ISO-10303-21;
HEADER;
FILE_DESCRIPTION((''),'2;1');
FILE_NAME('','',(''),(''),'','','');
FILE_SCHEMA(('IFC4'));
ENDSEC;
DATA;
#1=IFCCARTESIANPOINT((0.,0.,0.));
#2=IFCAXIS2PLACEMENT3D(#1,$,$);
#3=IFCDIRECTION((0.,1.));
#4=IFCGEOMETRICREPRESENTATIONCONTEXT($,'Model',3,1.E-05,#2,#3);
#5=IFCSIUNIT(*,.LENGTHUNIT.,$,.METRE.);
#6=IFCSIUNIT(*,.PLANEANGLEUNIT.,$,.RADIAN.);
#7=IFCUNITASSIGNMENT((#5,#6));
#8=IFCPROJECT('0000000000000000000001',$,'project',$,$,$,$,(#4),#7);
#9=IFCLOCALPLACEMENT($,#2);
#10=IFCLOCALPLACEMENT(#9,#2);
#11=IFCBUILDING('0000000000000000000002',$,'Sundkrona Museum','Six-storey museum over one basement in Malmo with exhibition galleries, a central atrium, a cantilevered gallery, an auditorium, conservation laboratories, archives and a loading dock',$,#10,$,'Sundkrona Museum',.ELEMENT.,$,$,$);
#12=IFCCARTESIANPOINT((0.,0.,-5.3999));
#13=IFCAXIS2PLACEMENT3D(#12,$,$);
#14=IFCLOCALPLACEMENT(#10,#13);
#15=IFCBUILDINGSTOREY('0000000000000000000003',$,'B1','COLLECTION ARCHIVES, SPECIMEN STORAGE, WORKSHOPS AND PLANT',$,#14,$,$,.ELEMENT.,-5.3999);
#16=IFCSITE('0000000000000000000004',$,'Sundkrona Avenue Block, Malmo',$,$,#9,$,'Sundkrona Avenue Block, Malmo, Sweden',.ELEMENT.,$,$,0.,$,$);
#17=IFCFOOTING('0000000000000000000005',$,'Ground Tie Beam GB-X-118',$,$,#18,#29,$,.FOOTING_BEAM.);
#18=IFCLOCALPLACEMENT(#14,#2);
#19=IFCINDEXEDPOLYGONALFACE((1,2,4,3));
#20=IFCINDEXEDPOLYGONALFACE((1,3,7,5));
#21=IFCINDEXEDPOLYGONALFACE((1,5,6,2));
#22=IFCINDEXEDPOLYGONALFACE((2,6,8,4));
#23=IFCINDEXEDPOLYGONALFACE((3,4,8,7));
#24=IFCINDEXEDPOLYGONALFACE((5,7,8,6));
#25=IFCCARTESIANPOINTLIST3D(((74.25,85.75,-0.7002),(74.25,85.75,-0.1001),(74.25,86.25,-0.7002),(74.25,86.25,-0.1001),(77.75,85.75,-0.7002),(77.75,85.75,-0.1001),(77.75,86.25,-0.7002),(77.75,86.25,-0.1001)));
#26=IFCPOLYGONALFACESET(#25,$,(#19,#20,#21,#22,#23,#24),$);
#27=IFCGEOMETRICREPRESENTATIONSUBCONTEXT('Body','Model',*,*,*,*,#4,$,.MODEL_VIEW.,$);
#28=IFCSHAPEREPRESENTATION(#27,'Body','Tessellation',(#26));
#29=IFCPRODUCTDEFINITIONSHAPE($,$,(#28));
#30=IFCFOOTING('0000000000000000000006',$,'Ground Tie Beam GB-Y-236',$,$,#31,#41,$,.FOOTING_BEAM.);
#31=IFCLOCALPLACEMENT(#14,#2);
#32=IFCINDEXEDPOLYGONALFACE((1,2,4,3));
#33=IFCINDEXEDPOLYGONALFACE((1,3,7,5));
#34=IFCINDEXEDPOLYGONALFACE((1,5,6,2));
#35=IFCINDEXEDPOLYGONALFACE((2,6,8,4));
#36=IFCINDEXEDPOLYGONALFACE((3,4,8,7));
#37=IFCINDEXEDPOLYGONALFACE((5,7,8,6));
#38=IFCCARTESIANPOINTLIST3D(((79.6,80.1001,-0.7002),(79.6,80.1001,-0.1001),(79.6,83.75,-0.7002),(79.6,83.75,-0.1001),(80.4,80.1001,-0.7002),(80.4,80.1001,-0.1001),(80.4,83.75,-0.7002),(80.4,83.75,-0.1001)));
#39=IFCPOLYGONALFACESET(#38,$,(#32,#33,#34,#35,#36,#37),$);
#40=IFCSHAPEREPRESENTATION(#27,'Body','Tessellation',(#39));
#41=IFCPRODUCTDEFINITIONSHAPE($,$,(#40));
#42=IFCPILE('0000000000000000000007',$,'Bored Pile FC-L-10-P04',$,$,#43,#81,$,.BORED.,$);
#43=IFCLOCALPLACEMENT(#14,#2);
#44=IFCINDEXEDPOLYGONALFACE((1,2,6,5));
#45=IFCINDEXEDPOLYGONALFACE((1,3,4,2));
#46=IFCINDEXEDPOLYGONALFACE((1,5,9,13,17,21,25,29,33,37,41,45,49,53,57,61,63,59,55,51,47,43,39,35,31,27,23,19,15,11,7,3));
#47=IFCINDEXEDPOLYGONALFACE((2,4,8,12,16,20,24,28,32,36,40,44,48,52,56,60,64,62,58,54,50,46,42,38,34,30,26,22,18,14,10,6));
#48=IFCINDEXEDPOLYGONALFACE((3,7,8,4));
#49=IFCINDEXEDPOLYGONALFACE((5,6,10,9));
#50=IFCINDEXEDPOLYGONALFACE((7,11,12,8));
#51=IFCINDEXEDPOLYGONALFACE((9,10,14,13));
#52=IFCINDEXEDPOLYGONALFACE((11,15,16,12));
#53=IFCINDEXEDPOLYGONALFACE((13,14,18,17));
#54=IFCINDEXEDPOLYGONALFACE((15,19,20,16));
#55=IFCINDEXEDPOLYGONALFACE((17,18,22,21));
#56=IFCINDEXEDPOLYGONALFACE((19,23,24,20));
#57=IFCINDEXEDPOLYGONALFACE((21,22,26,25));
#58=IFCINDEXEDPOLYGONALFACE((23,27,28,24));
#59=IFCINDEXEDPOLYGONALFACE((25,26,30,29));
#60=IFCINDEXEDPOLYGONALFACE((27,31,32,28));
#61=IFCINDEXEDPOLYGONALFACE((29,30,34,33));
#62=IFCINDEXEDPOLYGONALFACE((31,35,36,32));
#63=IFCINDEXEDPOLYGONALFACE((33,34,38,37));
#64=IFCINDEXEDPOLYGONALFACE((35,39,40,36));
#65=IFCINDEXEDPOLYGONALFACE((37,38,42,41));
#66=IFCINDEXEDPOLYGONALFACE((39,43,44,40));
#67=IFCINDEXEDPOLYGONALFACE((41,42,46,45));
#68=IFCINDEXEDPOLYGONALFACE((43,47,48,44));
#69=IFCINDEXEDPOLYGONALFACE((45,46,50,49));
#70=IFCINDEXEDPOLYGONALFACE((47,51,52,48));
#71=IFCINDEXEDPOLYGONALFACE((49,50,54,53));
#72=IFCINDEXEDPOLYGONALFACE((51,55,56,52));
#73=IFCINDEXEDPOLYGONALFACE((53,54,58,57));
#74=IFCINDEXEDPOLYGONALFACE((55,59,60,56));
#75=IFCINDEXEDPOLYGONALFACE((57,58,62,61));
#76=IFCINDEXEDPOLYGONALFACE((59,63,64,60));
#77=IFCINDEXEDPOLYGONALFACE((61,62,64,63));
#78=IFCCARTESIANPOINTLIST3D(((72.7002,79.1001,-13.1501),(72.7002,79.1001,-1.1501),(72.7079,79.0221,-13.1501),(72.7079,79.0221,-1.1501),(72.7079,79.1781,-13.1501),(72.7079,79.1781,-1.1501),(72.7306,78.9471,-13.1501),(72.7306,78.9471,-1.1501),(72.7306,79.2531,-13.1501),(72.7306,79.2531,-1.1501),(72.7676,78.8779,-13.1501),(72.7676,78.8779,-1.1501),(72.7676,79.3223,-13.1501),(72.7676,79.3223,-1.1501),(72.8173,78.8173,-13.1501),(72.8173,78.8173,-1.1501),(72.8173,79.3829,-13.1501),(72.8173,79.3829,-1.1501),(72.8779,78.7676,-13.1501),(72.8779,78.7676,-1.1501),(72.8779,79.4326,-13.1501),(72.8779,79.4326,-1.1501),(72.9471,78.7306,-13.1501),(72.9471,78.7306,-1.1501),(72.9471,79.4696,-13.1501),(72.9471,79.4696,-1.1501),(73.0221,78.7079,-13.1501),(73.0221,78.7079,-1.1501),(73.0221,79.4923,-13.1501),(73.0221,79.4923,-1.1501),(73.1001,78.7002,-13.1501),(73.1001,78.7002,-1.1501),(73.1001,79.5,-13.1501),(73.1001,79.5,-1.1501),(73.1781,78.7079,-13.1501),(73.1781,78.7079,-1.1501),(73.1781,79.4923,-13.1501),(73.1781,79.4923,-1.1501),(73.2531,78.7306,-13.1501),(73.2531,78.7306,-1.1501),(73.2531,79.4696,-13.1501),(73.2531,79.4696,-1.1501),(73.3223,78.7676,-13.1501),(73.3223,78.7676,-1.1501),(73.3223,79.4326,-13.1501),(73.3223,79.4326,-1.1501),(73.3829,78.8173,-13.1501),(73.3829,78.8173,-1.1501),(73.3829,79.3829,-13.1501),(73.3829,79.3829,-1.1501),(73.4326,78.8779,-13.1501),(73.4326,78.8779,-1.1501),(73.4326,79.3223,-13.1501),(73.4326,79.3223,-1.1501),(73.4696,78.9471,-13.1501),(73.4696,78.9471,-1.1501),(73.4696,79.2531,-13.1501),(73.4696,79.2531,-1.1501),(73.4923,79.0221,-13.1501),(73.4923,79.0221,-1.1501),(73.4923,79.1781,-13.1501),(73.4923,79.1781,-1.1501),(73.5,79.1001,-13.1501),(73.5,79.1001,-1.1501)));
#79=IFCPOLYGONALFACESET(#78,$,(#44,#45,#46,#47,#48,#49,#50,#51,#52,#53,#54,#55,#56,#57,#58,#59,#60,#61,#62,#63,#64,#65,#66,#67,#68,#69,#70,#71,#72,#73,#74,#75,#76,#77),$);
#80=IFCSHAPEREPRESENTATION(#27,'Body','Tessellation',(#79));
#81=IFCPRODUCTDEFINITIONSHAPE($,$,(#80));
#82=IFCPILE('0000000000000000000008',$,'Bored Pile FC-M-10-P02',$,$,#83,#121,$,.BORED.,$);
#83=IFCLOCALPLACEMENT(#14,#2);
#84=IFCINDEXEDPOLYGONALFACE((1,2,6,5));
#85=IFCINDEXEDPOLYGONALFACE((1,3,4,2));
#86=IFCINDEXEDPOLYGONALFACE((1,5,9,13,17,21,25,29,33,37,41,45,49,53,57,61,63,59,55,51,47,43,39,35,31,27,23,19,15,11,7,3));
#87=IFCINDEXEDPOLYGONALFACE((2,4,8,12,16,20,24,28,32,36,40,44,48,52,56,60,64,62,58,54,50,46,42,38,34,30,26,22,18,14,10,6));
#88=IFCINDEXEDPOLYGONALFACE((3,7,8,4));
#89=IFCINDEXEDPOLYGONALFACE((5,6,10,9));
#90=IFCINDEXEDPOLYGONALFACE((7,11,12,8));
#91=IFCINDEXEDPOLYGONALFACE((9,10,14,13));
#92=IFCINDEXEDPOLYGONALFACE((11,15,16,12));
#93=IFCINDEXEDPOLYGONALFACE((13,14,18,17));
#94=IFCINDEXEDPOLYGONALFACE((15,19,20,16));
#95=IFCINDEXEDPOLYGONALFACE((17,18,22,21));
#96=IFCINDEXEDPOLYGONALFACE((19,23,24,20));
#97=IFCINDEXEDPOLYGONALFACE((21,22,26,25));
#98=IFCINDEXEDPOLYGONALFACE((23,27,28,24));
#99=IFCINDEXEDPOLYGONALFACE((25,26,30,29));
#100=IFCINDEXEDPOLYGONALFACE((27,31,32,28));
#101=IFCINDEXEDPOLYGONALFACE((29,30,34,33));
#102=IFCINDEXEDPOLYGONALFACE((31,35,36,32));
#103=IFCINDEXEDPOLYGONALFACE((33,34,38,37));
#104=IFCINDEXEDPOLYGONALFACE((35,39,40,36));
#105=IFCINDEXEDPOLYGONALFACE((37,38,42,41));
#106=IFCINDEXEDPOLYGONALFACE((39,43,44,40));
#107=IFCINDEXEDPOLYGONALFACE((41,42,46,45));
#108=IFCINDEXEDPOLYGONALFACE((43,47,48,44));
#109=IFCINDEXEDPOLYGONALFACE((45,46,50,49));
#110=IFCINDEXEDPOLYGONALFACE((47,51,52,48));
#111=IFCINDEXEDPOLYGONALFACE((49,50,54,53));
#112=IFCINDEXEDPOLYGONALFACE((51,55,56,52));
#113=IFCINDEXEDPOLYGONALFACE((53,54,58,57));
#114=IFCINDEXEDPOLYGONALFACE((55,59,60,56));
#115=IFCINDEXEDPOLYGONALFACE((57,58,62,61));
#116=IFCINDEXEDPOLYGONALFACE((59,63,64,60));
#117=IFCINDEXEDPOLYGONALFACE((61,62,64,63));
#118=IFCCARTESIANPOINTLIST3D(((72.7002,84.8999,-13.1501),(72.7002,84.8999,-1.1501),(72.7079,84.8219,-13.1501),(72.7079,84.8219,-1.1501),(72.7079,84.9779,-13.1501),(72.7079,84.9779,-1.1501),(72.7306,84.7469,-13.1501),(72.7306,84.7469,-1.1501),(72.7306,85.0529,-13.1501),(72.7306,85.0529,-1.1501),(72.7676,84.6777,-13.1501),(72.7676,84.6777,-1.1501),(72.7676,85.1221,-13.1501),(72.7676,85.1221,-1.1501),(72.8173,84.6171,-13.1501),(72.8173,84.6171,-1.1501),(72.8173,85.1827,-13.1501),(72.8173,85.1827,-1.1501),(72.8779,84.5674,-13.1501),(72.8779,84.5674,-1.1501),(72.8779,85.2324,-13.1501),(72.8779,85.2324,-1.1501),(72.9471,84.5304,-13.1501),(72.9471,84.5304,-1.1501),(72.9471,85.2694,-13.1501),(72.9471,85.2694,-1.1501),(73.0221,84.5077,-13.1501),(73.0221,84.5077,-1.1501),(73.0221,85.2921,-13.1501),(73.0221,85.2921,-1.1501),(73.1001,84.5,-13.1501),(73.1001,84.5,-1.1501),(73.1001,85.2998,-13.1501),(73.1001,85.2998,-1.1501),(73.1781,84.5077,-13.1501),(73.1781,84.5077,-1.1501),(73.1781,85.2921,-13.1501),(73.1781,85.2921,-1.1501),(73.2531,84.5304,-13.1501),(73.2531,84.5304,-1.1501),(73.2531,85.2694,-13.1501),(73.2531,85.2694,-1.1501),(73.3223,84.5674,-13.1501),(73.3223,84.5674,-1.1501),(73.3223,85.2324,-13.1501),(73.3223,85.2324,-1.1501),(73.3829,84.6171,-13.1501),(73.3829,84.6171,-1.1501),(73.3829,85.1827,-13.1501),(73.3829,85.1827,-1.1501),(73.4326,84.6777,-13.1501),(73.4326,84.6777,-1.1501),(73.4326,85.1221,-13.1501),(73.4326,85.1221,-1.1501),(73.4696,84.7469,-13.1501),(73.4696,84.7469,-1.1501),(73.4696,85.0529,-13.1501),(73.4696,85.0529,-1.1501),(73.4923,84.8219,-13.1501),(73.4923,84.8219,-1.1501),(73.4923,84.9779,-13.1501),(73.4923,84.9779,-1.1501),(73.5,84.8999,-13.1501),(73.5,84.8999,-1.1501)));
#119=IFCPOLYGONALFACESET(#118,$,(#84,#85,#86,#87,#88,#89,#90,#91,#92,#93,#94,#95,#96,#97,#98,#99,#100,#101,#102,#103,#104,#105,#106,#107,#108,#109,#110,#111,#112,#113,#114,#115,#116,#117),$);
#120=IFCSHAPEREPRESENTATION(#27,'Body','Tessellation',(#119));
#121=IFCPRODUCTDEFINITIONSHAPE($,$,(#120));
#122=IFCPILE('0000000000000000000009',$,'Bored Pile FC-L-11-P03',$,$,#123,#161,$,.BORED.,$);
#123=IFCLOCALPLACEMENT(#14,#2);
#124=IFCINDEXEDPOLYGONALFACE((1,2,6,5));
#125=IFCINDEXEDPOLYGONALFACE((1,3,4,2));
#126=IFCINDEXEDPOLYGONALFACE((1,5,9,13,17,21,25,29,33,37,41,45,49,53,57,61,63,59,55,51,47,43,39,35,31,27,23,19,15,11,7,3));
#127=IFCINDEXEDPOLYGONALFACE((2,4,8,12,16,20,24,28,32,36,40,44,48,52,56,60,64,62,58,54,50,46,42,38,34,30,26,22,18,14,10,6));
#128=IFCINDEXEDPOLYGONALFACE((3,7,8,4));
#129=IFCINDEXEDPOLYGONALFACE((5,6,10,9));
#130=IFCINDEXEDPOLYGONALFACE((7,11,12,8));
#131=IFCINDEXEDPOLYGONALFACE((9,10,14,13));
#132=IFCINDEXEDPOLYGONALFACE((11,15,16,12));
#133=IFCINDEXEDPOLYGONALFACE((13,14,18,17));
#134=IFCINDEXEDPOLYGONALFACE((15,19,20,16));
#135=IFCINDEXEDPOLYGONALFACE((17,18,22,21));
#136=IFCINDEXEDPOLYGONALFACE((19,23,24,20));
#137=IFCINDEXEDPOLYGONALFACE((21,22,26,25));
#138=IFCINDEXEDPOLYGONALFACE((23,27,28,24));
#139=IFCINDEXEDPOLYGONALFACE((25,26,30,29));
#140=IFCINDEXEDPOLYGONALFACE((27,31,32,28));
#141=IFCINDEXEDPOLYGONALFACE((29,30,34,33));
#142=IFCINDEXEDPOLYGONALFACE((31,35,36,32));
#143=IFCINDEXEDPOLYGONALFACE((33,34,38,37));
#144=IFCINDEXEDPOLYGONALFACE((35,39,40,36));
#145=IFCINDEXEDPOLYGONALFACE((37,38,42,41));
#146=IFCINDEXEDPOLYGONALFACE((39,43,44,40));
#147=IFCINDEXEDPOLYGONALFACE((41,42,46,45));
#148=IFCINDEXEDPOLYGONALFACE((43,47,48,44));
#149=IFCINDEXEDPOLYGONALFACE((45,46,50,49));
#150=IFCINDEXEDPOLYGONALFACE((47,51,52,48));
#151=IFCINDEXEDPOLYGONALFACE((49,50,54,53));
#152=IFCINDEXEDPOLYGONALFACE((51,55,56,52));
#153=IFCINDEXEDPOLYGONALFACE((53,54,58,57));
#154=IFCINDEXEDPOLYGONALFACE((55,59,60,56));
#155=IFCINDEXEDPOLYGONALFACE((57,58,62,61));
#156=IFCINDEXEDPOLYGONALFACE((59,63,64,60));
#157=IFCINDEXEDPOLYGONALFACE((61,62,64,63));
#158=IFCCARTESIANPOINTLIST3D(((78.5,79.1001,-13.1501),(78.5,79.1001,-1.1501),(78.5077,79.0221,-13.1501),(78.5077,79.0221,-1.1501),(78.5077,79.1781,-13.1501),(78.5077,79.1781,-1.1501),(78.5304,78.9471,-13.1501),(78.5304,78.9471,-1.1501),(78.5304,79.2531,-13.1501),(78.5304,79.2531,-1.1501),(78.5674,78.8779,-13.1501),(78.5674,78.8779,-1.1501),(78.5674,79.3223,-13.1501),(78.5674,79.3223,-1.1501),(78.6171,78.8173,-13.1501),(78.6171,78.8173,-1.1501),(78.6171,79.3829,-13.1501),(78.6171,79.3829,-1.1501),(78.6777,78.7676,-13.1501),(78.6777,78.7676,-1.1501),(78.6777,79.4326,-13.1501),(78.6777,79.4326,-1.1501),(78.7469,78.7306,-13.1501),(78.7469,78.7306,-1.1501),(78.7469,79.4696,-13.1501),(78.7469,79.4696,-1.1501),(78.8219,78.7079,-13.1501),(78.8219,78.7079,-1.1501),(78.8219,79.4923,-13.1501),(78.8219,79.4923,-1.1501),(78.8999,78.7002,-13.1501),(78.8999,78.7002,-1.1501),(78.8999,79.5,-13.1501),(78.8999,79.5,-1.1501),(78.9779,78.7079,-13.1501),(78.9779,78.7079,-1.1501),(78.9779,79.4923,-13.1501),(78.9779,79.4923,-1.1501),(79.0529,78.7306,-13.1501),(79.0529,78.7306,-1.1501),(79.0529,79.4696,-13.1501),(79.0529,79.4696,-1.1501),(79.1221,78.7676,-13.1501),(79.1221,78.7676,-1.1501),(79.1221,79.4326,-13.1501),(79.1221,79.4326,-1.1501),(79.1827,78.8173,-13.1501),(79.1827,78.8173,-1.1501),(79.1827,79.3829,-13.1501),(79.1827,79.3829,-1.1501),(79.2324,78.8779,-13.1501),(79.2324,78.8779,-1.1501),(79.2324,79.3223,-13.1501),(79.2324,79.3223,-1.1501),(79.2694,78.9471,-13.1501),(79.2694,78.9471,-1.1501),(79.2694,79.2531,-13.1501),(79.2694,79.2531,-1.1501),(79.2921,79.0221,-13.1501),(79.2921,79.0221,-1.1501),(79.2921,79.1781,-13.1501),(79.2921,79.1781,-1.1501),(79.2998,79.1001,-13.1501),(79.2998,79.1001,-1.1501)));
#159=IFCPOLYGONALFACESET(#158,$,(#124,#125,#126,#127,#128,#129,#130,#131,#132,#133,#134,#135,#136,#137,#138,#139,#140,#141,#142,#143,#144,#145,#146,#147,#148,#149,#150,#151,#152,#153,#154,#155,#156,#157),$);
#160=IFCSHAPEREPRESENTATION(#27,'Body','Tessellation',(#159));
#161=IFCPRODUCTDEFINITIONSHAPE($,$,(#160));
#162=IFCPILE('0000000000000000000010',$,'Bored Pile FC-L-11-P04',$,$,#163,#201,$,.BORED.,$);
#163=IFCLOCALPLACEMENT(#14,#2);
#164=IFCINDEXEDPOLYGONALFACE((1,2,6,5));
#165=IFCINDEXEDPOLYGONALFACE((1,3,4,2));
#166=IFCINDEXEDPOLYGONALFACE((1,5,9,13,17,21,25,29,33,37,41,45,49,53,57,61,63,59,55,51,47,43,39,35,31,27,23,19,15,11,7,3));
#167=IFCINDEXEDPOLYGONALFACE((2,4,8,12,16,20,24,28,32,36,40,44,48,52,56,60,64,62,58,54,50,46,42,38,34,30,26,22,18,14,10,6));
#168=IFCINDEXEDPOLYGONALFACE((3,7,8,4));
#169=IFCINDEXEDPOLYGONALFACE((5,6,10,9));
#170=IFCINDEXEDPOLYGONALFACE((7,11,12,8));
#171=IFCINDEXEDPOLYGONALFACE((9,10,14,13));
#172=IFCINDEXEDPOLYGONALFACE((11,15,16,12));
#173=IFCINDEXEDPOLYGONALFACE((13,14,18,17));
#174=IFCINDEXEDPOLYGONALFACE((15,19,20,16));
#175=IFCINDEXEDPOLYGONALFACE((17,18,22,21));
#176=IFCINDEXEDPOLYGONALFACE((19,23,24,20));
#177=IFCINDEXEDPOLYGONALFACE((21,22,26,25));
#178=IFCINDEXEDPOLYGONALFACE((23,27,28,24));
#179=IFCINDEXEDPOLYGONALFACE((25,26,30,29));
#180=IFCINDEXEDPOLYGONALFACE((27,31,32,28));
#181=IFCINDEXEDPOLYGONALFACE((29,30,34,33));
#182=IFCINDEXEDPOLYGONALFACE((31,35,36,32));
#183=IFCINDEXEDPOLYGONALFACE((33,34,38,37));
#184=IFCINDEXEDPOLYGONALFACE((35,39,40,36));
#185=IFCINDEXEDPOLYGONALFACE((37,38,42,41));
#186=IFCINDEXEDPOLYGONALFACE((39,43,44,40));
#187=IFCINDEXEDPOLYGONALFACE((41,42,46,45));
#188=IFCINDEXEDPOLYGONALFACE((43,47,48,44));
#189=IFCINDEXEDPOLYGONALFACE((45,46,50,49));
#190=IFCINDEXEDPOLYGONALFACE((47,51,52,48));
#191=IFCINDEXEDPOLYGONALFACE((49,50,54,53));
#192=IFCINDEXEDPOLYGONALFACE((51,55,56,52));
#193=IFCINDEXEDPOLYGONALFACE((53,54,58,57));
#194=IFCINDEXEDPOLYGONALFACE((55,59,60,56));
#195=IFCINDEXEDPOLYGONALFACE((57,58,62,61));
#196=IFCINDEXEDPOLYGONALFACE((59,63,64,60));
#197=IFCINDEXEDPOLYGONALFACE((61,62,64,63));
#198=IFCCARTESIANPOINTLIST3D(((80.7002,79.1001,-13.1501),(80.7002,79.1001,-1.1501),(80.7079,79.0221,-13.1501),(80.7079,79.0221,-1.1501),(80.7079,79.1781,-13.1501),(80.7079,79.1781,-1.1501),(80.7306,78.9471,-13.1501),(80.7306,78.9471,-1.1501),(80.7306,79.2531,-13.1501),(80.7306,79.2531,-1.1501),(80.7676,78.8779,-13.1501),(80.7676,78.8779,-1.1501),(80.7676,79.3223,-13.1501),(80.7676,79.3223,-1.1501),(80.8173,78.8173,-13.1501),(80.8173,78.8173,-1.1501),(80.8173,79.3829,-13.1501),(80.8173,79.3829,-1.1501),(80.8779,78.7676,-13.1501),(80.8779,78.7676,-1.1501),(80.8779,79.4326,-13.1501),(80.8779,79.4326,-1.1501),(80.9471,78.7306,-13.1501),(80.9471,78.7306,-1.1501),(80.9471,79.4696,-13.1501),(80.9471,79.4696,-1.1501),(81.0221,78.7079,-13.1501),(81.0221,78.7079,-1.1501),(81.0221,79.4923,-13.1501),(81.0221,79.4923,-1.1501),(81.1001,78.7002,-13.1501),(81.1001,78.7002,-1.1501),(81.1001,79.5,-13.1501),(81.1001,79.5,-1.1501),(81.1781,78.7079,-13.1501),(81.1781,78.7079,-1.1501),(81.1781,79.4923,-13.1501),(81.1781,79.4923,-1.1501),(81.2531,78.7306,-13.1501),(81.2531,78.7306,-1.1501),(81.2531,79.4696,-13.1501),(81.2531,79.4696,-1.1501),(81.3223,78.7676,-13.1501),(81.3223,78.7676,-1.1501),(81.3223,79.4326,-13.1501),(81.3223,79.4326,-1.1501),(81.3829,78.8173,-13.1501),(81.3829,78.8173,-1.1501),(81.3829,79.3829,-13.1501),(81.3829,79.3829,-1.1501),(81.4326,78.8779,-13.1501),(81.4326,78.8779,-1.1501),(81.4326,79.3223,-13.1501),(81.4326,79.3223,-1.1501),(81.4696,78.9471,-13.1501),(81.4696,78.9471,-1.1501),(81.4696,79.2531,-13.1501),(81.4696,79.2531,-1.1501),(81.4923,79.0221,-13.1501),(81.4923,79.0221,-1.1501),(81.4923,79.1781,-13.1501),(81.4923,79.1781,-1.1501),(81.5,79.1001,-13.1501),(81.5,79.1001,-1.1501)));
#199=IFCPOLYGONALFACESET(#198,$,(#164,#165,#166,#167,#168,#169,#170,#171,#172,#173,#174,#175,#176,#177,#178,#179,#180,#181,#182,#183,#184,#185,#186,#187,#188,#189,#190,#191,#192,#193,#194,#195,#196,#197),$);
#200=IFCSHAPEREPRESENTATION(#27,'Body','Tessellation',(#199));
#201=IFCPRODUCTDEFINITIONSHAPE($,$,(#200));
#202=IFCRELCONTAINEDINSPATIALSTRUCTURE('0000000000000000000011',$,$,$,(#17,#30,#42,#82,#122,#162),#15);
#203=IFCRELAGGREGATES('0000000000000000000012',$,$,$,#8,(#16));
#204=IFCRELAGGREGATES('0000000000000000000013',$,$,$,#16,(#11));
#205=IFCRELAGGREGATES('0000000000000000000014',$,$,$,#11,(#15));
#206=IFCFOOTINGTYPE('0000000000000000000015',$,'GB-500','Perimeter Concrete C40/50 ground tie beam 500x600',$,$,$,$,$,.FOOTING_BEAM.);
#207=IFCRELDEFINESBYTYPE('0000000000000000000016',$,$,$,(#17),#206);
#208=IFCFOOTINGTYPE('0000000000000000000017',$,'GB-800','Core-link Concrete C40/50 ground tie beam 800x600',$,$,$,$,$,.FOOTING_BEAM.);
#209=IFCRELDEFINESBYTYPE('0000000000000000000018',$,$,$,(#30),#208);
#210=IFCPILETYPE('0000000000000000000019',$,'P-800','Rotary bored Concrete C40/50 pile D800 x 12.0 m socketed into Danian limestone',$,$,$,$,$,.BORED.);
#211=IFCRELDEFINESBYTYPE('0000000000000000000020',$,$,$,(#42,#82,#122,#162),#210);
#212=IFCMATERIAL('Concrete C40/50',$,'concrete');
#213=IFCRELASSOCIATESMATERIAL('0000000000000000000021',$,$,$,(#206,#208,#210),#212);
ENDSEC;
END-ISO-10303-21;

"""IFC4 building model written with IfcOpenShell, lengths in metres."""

from ifc_helpers import new_model, si_unit, direction, frame, origin, origin_2d, place, context, subcontext, project, spatial, rectangle, circle, extrude, material, material_profile, profile_set, type_object, element, save


model = new_model("IFC4")

# Units and contexts
model_context = context("Model", 3, precision=1e-05, world=origin(), true_north=direction((0.0, 1.0)))
body_context = subcontext(model_context, "Body", "Model", "MODEL_VIEW")
ifc_project = project(units=[si_unit("LENGTHUNIT", "METRE"), si_unit("PLANEANGLEUNIT", "RADIAN")], contexts=[model_context])

# Site, building, storey
site_placement = place(None, origin())
site = spatial("IfcSite", under=ifc_project, at=site_placement, Name="Sundkrona Avenue Block, Malmo", LongName="Sundkrona Avenue Block, Malmo, Sweden", CompositionType="ELEMENT", RefElevation=0.0)
building_placement = place(site_placement, origin())
building = spatial("IfcBuilding", under=site, at=building_placement, Name="Sundkrona Museum", Description="Six-storey museum over one basement in Malmo with exhibition galleries, a central atrium, a cantilevered gallery, an auditorium, conservation laboratories, archives and a loading dock", LongName="Sundkrona Museum", CompositionType="ELEMENT")
storey_placement = place(building_placement, frame((0.0, 0.0, -5.3999)))
storey = spatial("IfcBuildingStorey", under=building, at=storey_placement, Name="B1", Description="COLLECTION ARCHIVES, SPECIMEN STORAGE, WORKSHOPS AND PLANT", CompositionType="ELEMENT", Elevation=-5.3999)

# Footings
ifc_material_1 = material(Name="Concrete C40/50", Category="concrete")
footing_type_1 = type_object("IfcFootingType", Name="GB-500", Description="Perimeter Concrete C40/50 ground tie beam 500x600", PredefinedType="FOOTING_BEAM", material=ifc_material_1)
footing_1_placement = place(storey_placement, frame((76.0, 86.0, -0.7002), z_axis=(0.0, 0.0, 1.0), x_axis=(1.0, 0.0, 0.0)))
element("IfcFooting", 1, at=footing_1_placement, inside=storey, type_object=footing_type_1, Name="Ground Tie Beam GB-X-118", PredefinedType="FOOTING_BEAM", context=body_context, shape_type="SweptSolid", body=[
    extrude(rectangle(XDim=3.5, YDim=0.5, at=origin_2d()), origin(), (0.0, 0.0, 1.0), 0.6001),
])
footing_type_2 = type_object("IfcFootingType", Name="GB-800", Description="Core-link Concrete C40/50 ground tie beam 800x600", PredefinedType="FOOTING_BEAM", material=ifc_material_1)
footing_2_placement = place(storey_placement, frame((80.0, 81.925, -0.7002), z_axis=(0.0, 0.0, 1.0), x_axis=(0.0, 1.0, 0.0)))
element("IfcFooting", 2, at=footing_2_placement, inside=storey, type_object=footing_type_2, Name="Ground Tie Beam GB-Y-236", PredefinedType="FOOTING_BEAM", context=body_context, shape_type="SweptSolid", body=[
    extrude(rectangle(XDim=3.6499, YDim=0.8, at=origin_2d()), origin(), (0.0, 0.0, 1.0), 0.6001),
])

# Piles
ifc_material_profile_1 = material_profile(ifc_material_1, circle(Radius=0.3999, at=origin_2d()), Name="PILE D800")
ifc_profile_set_1 = profile_set([ifc_material_profile_1], Name="Concrete C40/50")
pile_type = type_object("IfcPileType", Name="P-800", Description="Rotary bored Concrete C40/50 pile D800 x 12.0 m socketed into Danian limestone", PredefinedType="BORED", material=ifc_profile_set_1)
for number, where, z_axis, x_axis, name in (
    (3, (73.1001, 79.1001, -1.1501), (0.0, 0.0, -1.0), (1.0, 0.0, 0.0), "Bored Pile FC-L-10-P04"),
    (4, (73.1001, 84.8999, -1.1501), (0.0, 0.0, -1.0), (1.0, 0.0, 0.0), "Bored Pile FC-M-10-P02"),
    (5, (78.8999, 79.1001, -1.1501), (0.0, 0.0, -1.0), (1.0, 0.0, 0.0), "Bored Pile FC-L-11-P03"),
    (6, (81.1001, 79.1001, -1.1501), (0.0, 0.0, -1.0), (1.0, 0.0, 0.0), "Bored Pile FC-L-11-P04"),
):
    element("IfcPile", number, at=place(storey_placement, frame(where, z_axis=z_axis, x_axis=x_axis)), inside=storey, type_object=pile_type, Name=name, PredefinedType="BORED", context=body_context, shape_type="SweptSolid", body=[
        extrude(circle(Radius=0.3999, at=origin_2d()), origin(), (0.0, 0.0, 1.0), 12.0),
    ])

save(model, "model.ifc")
